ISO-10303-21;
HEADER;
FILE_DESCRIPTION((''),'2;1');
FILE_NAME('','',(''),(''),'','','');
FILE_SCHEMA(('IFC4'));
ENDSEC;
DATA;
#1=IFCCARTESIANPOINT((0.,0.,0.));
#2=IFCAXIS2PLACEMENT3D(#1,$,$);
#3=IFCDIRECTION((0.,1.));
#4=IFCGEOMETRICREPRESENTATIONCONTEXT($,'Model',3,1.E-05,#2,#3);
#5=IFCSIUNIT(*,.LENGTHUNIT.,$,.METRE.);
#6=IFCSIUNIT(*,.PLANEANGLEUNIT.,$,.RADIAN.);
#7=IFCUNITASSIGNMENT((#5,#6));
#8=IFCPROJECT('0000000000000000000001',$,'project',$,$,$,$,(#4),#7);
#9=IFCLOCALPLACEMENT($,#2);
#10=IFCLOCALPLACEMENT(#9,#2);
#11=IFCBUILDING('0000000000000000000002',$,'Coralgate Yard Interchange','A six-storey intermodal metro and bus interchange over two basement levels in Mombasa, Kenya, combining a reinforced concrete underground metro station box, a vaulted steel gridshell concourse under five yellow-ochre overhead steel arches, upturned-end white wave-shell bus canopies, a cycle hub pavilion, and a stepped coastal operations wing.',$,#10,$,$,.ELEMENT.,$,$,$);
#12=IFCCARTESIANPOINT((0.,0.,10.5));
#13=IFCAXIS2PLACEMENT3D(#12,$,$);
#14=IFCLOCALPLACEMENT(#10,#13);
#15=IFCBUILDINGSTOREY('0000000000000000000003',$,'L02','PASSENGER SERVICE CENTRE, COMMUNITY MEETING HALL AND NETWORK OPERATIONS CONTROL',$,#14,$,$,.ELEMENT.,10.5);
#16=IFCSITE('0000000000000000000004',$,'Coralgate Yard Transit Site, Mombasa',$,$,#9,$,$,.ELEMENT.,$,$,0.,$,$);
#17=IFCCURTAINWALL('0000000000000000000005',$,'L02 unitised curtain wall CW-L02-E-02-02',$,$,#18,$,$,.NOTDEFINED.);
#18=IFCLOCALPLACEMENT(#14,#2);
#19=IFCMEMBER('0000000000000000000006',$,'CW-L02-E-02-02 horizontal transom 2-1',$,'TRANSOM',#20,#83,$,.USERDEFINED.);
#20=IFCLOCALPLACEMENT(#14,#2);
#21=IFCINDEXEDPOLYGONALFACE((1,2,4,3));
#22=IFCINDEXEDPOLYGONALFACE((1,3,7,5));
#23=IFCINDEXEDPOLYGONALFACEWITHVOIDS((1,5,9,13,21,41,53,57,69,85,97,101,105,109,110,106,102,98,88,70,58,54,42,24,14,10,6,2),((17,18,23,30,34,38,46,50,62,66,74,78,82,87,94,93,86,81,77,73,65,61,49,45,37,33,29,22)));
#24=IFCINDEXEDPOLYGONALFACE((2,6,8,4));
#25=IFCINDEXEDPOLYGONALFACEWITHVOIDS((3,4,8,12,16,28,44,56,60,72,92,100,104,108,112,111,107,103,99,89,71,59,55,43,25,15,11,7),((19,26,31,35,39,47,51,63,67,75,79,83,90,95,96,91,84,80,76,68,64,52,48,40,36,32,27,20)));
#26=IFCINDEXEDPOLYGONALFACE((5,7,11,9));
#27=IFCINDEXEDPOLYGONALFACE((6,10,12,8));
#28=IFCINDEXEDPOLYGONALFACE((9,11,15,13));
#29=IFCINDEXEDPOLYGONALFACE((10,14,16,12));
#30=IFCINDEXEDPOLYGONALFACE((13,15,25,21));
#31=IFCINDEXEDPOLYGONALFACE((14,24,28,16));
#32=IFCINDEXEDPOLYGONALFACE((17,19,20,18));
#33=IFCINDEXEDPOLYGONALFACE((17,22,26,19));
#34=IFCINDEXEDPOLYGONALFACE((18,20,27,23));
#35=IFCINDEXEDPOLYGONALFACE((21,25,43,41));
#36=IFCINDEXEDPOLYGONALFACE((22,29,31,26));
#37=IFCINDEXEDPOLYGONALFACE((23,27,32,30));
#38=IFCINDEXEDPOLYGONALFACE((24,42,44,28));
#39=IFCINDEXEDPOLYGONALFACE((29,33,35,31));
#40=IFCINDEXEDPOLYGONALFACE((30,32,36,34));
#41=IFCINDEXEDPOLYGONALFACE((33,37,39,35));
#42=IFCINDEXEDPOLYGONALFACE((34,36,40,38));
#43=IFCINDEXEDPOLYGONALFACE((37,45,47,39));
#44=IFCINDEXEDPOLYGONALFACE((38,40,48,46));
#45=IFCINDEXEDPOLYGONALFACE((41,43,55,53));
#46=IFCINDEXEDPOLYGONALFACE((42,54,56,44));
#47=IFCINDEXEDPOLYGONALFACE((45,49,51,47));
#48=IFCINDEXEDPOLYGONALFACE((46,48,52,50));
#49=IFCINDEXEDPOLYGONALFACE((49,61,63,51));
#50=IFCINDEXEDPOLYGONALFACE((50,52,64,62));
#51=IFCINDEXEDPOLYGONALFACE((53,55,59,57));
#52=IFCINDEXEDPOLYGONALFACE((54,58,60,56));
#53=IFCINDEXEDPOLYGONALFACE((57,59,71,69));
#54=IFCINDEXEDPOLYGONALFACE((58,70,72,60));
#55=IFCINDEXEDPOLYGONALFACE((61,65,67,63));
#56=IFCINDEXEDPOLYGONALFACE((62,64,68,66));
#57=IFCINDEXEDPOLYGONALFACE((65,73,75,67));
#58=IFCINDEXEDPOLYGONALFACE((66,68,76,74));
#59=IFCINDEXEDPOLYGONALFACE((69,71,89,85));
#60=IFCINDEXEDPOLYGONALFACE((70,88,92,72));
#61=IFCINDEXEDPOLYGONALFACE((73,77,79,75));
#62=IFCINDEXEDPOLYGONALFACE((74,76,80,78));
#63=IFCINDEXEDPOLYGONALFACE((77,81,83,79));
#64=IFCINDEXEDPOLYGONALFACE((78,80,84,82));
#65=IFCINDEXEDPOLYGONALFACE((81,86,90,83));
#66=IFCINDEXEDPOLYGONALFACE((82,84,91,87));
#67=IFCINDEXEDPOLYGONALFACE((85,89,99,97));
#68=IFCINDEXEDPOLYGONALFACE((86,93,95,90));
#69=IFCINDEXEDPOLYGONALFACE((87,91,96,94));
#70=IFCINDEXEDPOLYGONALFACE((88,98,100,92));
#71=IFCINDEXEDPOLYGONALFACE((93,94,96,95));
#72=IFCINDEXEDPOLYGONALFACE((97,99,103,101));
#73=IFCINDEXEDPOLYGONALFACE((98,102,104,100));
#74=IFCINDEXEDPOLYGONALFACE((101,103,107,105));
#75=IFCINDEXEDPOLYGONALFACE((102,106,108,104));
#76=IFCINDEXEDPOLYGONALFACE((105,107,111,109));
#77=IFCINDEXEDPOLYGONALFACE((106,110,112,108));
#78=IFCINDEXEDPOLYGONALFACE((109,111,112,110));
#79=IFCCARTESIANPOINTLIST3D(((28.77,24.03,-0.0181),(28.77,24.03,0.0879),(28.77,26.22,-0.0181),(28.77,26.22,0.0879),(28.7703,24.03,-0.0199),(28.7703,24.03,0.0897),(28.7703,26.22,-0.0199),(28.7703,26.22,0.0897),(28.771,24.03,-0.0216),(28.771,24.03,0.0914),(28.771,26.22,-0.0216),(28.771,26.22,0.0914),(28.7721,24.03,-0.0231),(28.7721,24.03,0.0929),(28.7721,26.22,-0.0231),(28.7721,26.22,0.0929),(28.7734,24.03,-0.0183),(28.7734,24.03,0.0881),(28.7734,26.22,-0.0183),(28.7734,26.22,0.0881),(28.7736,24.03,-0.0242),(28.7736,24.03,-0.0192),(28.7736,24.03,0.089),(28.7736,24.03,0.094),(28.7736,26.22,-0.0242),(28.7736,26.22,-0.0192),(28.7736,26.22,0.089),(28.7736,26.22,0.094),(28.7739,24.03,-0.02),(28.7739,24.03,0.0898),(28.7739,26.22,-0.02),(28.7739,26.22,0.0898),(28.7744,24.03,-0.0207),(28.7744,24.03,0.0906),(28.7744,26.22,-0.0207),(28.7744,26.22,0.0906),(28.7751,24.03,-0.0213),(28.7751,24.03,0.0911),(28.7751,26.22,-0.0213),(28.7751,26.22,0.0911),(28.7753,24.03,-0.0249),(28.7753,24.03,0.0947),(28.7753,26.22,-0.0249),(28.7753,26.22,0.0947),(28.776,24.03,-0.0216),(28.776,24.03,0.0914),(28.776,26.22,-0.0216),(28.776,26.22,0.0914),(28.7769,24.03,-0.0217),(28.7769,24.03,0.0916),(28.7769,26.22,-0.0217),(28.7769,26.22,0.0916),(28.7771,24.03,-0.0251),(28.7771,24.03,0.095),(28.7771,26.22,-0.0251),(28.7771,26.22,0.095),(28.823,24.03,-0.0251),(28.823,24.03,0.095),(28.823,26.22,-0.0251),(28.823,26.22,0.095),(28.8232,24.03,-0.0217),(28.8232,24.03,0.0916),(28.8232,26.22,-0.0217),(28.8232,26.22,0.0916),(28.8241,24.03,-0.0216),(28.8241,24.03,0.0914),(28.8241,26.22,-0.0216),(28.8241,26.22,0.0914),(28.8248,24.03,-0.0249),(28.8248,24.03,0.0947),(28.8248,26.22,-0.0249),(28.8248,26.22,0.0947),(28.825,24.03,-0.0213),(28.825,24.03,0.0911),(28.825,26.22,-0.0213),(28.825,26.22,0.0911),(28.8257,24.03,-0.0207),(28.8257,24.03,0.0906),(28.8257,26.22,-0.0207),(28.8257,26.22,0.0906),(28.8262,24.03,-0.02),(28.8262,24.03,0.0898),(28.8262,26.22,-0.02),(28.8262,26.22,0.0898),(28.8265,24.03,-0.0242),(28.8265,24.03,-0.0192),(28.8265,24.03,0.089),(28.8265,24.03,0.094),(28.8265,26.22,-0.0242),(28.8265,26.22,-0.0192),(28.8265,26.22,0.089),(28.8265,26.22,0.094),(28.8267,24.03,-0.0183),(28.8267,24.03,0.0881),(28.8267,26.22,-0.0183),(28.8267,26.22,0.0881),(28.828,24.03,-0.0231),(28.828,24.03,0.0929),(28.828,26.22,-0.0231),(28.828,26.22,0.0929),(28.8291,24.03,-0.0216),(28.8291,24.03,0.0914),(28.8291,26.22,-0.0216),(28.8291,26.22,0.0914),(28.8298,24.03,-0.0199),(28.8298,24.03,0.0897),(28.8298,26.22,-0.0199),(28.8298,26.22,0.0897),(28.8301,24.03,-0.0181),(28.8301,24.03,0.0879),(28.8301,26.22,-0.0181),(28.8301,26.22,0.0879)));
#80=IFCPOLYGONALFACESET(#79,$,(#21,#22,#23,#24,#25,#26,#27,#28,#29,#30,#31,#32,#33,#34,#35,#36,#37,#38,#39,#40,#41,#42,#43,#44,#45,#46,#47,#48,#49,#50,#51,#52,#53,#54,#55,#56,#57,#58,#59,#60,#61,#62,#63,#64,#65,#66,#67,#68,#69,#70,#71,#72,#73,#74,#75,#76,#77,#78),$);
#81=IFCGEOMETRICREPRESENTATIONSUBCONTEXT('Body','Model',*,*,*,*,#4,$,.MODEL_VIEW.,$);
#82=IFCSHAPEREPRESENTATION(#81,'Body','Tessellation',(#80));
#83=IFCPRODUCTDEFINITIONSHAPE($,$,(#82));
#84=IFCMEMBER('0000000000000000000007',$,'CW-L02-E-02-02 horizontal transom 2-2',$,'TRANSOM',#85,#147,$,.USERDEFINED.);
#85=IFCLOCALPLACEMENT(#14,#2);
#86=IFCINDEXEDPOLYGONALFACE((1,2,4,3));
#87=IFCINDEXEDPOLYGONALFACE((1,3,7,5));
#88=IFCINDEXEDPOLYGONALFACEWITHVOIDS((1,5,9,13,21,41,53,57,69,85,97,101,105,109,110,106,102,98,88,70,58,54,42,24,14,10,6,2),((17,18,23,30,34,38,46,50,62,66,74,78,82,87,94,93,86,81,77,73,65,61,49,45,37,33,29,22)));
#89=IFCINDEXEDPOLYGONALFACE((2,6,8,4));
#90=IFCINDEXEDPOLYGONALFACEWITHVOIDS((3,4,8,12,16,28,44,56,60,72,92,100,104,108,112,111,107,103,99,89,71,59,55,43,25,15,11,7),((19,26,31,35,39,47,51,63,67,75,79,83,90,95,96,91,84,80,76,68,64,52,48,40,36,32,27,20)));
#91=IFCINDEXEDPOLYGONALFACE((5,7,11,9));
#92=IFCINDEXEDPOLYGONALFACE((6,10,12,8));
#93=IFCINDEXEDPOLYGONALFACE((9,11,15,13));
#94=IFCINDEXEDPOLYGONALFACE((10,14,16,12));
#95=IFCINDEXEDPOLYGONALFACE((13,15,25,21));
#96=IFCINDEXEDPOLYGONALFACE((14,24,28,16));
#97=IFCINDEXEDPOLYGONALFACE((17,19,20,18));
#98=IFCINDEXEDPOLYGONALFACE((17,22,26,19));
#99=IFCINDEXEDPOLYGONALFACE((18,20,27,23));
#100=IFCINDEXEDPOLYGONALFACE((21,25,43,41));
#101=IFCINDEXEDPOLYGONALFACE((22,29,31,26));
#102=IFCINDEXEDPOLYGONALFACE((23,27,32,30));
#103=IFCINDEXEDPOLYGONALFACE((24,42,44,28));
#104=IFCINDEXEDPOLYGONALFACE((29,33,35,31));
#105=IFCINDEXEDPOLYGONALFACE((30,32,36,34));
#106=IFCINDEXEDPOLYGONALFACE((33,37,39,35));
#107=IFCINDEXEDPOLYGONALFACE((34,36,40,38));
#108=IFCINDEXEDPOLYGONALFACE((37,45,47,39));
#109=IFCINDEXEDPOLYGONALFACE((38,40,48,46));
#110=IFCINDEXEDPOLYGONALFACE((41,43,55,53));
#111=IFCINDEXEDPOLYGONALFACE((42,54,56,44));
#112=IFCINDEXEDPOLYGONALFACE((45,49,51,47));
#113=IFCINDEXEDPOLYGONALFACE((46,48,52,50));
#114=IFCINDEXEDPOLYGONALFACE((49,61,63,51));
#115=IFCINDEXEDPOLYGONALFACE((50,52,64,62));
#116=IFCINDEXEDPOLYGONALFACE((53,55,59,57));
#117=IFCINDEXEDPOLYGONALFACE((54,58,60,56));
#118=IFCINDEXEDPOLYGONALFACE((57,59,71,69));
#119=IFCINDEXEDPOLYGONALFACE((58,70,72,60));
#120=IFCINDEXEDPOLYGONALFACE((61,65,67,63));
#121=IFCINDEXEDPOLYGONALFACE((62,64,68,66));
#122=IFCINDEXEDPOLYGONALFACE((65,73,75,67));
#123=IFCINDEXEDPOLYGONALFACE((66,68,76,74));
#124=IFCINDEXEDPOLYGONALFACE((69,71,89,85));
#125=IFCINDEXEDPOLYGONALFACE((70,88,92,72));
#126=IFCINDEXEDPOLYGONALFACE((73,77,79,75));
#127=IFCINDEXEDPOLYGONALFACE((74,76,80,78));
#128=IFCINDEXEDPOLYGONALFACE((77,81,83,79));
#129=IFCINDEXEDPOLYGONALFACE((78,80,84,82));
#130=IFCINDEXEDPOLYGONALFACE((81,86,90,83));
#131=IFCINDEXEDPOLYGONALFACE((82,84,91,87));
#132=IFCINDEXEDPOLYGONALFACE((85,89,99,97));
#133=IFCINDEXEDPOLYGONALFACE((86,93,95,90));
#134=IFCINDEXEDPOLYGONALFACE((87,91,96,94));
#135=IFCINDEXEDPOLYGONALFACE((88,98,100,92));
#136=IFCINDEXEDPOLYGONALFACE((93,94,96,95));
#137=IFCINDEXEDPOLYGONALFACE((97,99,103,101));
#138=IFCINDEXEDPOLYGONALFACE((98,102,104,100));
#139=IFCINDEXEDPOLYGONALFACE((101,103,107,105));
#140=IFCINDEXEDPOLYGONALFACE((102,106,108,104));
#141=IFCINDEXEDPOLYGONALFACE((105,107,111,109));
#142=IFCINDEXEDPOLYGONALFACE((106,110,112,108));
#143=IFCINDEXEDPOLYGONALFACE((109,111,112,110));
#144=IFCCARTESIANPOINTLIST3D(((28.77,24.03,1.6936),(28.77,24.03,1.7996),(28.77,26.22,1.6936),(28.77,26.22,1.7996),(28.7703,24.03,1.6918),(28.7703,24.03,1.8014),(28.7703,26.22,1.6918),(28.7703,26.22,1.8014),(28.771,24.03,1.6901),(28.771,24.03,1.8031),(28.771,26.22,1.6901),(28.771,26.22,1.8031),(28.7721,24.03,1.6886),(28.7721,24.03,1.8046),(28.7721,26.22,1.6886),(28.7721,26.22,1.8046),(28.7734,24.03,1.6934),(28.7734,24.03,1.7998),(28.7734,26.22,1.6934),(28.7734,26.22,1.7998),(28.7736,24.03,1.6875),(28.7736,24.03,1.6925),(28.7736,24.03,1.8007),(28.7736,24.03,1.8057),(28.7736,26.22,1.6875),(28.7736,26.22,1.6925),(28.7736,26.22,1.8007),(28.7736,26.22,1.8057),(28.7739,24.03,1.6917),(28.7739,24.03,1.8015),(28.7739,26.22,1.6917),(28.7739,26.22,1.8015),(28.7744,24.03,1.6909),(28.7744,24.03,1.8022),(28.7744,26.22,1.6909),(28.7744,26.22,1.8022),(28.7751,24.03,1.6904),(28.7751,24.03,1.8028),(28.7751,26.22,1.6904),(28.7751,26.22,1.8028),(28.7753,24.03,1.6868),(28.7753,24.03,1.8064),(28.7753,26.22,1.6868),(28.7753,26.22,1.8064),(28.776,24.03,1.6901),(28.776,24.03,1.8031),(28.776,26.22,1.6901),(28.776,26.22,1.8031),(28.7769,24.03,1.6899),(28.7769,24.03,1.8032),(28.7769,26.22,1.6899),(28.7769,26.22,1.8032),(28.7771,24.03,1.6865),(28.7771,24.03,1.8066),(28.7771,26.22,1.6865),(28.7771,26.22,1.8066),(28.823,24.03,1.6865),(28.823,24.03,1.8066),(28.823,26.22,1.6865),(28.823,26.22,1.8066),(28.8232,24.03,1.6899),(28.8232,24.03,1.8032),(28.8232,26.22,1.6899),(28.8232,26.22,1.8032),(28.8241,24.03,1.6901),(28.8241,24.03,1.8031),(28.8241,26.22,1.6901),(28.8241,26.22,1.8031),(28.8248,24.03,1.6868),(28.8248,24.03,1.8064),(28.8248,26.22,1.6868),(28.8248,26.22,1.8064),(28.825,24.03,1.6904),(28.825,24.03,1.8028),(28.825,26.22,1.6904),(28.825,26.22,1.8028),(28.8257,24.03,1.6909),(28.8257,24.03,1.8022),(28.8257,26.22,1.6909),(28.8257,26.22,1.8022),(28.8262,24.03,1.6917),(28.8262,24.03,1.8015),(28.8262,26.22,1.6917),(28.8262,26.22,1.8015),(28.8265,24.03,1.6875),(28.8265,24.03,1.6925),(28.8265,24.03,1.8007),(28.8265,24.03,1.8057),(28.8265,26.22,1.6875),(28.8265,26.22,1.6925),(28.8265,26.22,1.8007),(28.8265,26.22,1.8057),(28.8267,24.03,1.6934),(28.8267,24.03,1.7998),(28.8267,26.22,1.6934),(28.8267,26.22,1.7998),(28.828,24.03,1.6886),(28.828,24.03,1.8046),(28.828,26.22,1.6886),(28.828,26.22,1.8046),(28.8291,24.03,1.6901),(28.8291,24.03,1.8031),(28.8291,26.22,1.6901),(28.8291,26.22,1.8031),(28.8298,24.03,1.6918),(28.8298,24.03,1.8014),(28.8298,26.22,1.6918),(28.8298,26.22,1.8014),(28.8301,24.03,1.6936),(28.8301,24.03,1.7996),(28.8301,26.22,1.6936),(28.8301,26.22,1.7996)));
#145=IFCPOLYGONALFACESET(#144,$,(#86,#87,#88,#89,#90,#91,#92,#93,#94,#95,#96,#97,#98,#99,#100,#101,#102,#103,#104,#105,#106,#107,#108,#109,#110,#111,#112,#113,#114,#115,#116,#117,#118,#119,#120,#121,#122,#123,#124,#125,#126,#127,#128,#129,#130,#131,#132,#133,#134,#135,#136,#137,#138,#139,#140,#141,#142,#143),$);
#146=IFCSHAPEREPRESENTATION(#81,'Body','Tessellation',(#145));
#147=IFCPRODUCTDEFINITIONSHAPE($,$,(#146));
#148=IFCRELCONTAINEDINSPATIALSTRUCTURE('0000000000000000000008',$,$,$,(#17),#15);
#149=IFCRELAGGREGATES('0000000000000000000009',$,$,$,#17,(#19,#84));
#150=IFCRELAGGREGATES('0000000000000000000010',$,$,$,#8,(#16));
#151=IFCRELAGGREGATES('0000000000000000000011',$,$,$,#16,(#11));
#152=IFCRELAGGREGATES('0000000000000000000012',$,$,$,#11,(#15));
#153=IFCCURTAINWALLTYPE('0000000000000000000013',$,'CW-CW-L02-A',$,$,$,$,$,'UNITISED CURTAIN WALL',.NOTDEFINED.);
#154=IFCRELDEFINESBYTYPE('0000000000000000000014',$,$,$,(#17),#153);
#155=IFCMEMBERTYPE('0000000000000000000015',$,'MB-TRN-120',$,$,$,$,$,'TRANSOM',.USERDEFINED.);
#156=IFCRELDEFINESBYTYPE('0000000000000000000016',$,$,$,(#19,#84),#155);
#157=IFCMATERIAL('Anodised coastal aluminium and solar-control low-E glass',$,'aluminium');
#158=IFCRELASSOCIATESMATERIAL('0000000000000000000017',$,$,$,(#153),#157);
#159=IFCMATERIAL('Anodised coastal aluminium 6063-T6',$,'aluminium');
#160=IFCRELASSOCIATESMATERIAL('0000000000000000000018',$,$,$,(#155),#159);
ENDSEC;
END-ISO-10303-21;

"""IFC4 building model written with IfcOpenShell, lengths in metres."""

from ifc_helpers import new_model, si_unit, direction, frame, origin, origin_2d, place, context, subcontext, project, spatial, hollow_rectangle, extrude, material, material_profile, profile_set, type_object, element, aggregate, save


model = new_model("IFC4")

# Units and contexts
model_context = context("Model", 3, precision=1e-05, world=origin(), true_north=direction((0.0, 1.0)))
body_context = subcontext(model_context, "Body", "Model", "MODEL_VIEW")
ifc_project = project(units=[si_unit("LENGTHUNIT", "METRE"), si_unit("PLANEANGLEUNIT", "RADIAN")], contexts=[model_context])

# Site, building, storey
site_placement = place(None, origin())
site = spatial("IfcSite", under=ifc_project, at=site_placement, Name="Coralgate Yard Transit Site, Mombasa", CompositionType="ELEMENT", RefElevation=0.0)
building_placement = place(site_placement, origin())
building = spatial("IfcBuilding", under=site, at=building_placement, Name="Coralgate Yard Interchange", Description="A six-storey intermodal metro and bus interchange over two basement levels in Mombasa, Kenya, combining a reinforced concrete underground metro station box, a vaulted steel gridshell concourse under five yellow-ochre overhead steel arches, upturned-end white wave-shell bus canopies, a cycle hub pavilion, and a stepped coastal operations wing.", CompositionType="ELEMENT")
storey_placement = place(building_placement, frame((0.0, 0.0, 10.5)))
storey = spatial("IfcBuildingStorey", under=building, at=storey_placement, Name="L02", Description="PASSENGER SERVICE CENTRE, COMMUNITY MEETING HALL AND NETWORK OPERATIONS CONTROL", CompositionType="ELEMENT", Elevation=10.5)

# Curtain wall, members
ifc_material_1 = material(Name="Anodised coastal aluminium and solar-control low-E glass", Category="aluminium")
curtain_wall_type = type_object("IfcCurtainWallType", Name="CW-CW-L02-A", ElementType="UNITISED CURTAIN WALL", PredefinedType="NOTDEFINED", material=ifc_material_1)
curtain_wall_placement = place(storey_placement, origin())
curtain_wall = element("IfcCurtainWall", 1, at=curtain_wall_placement, inside=storey, type_object=curtain_wall_type, Name="L02 unitised curtain wall CW-L02-E-02-02", PredefinedType="NOTDEFINED")
ifc_material_2 = material(Name="Anodised coastal aluminium 6063-T6", Category="aluminium")
ifc_material_profile_1 = material_profile(ifc_material_2, hollow_rectangle(XDim=0.0601, YDim=0.1201, WallThickness=0.0034, InnerFilletRadius=0.0034, OuterFilletRadius=0.0071, at=origin_2d()), Name="ALU 60x120x3.5")
ifc_profile_set_1 = profile_set([ifc_material_profile_1], Name="Anodised coastal aluminium 6063-T6")
member_type_1 = type_object("IfcMemberType", Name="MB-TRN-120", ElementType="TRANSOM", PredefinedType="USERDEFINED", material=ifc_profile_set_1)
member_1_placement = place(storey_placement, frame((28.8, 26.22, 0.0349), z_axis=(0.0, -1.0, 0.0), x_axis=(1.0, 0.0, 0.0)))
member_1 = element("IfcMember", 2, at=member_1_placement, type_object=member_type_1, Name="CW-L02-E-02-02 horizontal transom 2-1", ObjectType="TRANSOM", PredefinedType="USERDEFINED", context=body_context, shape_type="SweptSolid", body=[
    extrude(hollow_rectangle(XDim=0.0601, YDim=0.1201, WallThickness=0.0034, InnerFilletRadius=0.0034, OuterFilletRadius=0.0071, at=origin_2d()), origin(), (0.0, 0.0, 1.0), 2.1899),
])
member_2_placement = place(storey_placement, frame((28.8, 26.22, 1.7466), z_axis=(0.0, -1.0, 0.0), x_axis=(1.0, 0.0, 0.0)))
member_2 = element("IfcMember", 3, at=member_2_placement, type_object=member_type_1, Name="CW-L02-E-02-02 horizontal transom 2-2", ObjectType="TRANSOM", PredefinedType="USERDEFINED", context=body_context, shape_type="SweptSolid", body=[
    extrude(hollow_rectangle(XDim=0.0601, YDim=0.1201, WallThickness=0.0034, InnerFilletRadius=0.0034, OuterFilletRadius=0.0071, at=origin_2d()), origin(), (0.0, 0.0, 1.0), 2.1899),
])
aggregate(curtain_wall, [member_1, member_2])

save(model, "model.ifc")
